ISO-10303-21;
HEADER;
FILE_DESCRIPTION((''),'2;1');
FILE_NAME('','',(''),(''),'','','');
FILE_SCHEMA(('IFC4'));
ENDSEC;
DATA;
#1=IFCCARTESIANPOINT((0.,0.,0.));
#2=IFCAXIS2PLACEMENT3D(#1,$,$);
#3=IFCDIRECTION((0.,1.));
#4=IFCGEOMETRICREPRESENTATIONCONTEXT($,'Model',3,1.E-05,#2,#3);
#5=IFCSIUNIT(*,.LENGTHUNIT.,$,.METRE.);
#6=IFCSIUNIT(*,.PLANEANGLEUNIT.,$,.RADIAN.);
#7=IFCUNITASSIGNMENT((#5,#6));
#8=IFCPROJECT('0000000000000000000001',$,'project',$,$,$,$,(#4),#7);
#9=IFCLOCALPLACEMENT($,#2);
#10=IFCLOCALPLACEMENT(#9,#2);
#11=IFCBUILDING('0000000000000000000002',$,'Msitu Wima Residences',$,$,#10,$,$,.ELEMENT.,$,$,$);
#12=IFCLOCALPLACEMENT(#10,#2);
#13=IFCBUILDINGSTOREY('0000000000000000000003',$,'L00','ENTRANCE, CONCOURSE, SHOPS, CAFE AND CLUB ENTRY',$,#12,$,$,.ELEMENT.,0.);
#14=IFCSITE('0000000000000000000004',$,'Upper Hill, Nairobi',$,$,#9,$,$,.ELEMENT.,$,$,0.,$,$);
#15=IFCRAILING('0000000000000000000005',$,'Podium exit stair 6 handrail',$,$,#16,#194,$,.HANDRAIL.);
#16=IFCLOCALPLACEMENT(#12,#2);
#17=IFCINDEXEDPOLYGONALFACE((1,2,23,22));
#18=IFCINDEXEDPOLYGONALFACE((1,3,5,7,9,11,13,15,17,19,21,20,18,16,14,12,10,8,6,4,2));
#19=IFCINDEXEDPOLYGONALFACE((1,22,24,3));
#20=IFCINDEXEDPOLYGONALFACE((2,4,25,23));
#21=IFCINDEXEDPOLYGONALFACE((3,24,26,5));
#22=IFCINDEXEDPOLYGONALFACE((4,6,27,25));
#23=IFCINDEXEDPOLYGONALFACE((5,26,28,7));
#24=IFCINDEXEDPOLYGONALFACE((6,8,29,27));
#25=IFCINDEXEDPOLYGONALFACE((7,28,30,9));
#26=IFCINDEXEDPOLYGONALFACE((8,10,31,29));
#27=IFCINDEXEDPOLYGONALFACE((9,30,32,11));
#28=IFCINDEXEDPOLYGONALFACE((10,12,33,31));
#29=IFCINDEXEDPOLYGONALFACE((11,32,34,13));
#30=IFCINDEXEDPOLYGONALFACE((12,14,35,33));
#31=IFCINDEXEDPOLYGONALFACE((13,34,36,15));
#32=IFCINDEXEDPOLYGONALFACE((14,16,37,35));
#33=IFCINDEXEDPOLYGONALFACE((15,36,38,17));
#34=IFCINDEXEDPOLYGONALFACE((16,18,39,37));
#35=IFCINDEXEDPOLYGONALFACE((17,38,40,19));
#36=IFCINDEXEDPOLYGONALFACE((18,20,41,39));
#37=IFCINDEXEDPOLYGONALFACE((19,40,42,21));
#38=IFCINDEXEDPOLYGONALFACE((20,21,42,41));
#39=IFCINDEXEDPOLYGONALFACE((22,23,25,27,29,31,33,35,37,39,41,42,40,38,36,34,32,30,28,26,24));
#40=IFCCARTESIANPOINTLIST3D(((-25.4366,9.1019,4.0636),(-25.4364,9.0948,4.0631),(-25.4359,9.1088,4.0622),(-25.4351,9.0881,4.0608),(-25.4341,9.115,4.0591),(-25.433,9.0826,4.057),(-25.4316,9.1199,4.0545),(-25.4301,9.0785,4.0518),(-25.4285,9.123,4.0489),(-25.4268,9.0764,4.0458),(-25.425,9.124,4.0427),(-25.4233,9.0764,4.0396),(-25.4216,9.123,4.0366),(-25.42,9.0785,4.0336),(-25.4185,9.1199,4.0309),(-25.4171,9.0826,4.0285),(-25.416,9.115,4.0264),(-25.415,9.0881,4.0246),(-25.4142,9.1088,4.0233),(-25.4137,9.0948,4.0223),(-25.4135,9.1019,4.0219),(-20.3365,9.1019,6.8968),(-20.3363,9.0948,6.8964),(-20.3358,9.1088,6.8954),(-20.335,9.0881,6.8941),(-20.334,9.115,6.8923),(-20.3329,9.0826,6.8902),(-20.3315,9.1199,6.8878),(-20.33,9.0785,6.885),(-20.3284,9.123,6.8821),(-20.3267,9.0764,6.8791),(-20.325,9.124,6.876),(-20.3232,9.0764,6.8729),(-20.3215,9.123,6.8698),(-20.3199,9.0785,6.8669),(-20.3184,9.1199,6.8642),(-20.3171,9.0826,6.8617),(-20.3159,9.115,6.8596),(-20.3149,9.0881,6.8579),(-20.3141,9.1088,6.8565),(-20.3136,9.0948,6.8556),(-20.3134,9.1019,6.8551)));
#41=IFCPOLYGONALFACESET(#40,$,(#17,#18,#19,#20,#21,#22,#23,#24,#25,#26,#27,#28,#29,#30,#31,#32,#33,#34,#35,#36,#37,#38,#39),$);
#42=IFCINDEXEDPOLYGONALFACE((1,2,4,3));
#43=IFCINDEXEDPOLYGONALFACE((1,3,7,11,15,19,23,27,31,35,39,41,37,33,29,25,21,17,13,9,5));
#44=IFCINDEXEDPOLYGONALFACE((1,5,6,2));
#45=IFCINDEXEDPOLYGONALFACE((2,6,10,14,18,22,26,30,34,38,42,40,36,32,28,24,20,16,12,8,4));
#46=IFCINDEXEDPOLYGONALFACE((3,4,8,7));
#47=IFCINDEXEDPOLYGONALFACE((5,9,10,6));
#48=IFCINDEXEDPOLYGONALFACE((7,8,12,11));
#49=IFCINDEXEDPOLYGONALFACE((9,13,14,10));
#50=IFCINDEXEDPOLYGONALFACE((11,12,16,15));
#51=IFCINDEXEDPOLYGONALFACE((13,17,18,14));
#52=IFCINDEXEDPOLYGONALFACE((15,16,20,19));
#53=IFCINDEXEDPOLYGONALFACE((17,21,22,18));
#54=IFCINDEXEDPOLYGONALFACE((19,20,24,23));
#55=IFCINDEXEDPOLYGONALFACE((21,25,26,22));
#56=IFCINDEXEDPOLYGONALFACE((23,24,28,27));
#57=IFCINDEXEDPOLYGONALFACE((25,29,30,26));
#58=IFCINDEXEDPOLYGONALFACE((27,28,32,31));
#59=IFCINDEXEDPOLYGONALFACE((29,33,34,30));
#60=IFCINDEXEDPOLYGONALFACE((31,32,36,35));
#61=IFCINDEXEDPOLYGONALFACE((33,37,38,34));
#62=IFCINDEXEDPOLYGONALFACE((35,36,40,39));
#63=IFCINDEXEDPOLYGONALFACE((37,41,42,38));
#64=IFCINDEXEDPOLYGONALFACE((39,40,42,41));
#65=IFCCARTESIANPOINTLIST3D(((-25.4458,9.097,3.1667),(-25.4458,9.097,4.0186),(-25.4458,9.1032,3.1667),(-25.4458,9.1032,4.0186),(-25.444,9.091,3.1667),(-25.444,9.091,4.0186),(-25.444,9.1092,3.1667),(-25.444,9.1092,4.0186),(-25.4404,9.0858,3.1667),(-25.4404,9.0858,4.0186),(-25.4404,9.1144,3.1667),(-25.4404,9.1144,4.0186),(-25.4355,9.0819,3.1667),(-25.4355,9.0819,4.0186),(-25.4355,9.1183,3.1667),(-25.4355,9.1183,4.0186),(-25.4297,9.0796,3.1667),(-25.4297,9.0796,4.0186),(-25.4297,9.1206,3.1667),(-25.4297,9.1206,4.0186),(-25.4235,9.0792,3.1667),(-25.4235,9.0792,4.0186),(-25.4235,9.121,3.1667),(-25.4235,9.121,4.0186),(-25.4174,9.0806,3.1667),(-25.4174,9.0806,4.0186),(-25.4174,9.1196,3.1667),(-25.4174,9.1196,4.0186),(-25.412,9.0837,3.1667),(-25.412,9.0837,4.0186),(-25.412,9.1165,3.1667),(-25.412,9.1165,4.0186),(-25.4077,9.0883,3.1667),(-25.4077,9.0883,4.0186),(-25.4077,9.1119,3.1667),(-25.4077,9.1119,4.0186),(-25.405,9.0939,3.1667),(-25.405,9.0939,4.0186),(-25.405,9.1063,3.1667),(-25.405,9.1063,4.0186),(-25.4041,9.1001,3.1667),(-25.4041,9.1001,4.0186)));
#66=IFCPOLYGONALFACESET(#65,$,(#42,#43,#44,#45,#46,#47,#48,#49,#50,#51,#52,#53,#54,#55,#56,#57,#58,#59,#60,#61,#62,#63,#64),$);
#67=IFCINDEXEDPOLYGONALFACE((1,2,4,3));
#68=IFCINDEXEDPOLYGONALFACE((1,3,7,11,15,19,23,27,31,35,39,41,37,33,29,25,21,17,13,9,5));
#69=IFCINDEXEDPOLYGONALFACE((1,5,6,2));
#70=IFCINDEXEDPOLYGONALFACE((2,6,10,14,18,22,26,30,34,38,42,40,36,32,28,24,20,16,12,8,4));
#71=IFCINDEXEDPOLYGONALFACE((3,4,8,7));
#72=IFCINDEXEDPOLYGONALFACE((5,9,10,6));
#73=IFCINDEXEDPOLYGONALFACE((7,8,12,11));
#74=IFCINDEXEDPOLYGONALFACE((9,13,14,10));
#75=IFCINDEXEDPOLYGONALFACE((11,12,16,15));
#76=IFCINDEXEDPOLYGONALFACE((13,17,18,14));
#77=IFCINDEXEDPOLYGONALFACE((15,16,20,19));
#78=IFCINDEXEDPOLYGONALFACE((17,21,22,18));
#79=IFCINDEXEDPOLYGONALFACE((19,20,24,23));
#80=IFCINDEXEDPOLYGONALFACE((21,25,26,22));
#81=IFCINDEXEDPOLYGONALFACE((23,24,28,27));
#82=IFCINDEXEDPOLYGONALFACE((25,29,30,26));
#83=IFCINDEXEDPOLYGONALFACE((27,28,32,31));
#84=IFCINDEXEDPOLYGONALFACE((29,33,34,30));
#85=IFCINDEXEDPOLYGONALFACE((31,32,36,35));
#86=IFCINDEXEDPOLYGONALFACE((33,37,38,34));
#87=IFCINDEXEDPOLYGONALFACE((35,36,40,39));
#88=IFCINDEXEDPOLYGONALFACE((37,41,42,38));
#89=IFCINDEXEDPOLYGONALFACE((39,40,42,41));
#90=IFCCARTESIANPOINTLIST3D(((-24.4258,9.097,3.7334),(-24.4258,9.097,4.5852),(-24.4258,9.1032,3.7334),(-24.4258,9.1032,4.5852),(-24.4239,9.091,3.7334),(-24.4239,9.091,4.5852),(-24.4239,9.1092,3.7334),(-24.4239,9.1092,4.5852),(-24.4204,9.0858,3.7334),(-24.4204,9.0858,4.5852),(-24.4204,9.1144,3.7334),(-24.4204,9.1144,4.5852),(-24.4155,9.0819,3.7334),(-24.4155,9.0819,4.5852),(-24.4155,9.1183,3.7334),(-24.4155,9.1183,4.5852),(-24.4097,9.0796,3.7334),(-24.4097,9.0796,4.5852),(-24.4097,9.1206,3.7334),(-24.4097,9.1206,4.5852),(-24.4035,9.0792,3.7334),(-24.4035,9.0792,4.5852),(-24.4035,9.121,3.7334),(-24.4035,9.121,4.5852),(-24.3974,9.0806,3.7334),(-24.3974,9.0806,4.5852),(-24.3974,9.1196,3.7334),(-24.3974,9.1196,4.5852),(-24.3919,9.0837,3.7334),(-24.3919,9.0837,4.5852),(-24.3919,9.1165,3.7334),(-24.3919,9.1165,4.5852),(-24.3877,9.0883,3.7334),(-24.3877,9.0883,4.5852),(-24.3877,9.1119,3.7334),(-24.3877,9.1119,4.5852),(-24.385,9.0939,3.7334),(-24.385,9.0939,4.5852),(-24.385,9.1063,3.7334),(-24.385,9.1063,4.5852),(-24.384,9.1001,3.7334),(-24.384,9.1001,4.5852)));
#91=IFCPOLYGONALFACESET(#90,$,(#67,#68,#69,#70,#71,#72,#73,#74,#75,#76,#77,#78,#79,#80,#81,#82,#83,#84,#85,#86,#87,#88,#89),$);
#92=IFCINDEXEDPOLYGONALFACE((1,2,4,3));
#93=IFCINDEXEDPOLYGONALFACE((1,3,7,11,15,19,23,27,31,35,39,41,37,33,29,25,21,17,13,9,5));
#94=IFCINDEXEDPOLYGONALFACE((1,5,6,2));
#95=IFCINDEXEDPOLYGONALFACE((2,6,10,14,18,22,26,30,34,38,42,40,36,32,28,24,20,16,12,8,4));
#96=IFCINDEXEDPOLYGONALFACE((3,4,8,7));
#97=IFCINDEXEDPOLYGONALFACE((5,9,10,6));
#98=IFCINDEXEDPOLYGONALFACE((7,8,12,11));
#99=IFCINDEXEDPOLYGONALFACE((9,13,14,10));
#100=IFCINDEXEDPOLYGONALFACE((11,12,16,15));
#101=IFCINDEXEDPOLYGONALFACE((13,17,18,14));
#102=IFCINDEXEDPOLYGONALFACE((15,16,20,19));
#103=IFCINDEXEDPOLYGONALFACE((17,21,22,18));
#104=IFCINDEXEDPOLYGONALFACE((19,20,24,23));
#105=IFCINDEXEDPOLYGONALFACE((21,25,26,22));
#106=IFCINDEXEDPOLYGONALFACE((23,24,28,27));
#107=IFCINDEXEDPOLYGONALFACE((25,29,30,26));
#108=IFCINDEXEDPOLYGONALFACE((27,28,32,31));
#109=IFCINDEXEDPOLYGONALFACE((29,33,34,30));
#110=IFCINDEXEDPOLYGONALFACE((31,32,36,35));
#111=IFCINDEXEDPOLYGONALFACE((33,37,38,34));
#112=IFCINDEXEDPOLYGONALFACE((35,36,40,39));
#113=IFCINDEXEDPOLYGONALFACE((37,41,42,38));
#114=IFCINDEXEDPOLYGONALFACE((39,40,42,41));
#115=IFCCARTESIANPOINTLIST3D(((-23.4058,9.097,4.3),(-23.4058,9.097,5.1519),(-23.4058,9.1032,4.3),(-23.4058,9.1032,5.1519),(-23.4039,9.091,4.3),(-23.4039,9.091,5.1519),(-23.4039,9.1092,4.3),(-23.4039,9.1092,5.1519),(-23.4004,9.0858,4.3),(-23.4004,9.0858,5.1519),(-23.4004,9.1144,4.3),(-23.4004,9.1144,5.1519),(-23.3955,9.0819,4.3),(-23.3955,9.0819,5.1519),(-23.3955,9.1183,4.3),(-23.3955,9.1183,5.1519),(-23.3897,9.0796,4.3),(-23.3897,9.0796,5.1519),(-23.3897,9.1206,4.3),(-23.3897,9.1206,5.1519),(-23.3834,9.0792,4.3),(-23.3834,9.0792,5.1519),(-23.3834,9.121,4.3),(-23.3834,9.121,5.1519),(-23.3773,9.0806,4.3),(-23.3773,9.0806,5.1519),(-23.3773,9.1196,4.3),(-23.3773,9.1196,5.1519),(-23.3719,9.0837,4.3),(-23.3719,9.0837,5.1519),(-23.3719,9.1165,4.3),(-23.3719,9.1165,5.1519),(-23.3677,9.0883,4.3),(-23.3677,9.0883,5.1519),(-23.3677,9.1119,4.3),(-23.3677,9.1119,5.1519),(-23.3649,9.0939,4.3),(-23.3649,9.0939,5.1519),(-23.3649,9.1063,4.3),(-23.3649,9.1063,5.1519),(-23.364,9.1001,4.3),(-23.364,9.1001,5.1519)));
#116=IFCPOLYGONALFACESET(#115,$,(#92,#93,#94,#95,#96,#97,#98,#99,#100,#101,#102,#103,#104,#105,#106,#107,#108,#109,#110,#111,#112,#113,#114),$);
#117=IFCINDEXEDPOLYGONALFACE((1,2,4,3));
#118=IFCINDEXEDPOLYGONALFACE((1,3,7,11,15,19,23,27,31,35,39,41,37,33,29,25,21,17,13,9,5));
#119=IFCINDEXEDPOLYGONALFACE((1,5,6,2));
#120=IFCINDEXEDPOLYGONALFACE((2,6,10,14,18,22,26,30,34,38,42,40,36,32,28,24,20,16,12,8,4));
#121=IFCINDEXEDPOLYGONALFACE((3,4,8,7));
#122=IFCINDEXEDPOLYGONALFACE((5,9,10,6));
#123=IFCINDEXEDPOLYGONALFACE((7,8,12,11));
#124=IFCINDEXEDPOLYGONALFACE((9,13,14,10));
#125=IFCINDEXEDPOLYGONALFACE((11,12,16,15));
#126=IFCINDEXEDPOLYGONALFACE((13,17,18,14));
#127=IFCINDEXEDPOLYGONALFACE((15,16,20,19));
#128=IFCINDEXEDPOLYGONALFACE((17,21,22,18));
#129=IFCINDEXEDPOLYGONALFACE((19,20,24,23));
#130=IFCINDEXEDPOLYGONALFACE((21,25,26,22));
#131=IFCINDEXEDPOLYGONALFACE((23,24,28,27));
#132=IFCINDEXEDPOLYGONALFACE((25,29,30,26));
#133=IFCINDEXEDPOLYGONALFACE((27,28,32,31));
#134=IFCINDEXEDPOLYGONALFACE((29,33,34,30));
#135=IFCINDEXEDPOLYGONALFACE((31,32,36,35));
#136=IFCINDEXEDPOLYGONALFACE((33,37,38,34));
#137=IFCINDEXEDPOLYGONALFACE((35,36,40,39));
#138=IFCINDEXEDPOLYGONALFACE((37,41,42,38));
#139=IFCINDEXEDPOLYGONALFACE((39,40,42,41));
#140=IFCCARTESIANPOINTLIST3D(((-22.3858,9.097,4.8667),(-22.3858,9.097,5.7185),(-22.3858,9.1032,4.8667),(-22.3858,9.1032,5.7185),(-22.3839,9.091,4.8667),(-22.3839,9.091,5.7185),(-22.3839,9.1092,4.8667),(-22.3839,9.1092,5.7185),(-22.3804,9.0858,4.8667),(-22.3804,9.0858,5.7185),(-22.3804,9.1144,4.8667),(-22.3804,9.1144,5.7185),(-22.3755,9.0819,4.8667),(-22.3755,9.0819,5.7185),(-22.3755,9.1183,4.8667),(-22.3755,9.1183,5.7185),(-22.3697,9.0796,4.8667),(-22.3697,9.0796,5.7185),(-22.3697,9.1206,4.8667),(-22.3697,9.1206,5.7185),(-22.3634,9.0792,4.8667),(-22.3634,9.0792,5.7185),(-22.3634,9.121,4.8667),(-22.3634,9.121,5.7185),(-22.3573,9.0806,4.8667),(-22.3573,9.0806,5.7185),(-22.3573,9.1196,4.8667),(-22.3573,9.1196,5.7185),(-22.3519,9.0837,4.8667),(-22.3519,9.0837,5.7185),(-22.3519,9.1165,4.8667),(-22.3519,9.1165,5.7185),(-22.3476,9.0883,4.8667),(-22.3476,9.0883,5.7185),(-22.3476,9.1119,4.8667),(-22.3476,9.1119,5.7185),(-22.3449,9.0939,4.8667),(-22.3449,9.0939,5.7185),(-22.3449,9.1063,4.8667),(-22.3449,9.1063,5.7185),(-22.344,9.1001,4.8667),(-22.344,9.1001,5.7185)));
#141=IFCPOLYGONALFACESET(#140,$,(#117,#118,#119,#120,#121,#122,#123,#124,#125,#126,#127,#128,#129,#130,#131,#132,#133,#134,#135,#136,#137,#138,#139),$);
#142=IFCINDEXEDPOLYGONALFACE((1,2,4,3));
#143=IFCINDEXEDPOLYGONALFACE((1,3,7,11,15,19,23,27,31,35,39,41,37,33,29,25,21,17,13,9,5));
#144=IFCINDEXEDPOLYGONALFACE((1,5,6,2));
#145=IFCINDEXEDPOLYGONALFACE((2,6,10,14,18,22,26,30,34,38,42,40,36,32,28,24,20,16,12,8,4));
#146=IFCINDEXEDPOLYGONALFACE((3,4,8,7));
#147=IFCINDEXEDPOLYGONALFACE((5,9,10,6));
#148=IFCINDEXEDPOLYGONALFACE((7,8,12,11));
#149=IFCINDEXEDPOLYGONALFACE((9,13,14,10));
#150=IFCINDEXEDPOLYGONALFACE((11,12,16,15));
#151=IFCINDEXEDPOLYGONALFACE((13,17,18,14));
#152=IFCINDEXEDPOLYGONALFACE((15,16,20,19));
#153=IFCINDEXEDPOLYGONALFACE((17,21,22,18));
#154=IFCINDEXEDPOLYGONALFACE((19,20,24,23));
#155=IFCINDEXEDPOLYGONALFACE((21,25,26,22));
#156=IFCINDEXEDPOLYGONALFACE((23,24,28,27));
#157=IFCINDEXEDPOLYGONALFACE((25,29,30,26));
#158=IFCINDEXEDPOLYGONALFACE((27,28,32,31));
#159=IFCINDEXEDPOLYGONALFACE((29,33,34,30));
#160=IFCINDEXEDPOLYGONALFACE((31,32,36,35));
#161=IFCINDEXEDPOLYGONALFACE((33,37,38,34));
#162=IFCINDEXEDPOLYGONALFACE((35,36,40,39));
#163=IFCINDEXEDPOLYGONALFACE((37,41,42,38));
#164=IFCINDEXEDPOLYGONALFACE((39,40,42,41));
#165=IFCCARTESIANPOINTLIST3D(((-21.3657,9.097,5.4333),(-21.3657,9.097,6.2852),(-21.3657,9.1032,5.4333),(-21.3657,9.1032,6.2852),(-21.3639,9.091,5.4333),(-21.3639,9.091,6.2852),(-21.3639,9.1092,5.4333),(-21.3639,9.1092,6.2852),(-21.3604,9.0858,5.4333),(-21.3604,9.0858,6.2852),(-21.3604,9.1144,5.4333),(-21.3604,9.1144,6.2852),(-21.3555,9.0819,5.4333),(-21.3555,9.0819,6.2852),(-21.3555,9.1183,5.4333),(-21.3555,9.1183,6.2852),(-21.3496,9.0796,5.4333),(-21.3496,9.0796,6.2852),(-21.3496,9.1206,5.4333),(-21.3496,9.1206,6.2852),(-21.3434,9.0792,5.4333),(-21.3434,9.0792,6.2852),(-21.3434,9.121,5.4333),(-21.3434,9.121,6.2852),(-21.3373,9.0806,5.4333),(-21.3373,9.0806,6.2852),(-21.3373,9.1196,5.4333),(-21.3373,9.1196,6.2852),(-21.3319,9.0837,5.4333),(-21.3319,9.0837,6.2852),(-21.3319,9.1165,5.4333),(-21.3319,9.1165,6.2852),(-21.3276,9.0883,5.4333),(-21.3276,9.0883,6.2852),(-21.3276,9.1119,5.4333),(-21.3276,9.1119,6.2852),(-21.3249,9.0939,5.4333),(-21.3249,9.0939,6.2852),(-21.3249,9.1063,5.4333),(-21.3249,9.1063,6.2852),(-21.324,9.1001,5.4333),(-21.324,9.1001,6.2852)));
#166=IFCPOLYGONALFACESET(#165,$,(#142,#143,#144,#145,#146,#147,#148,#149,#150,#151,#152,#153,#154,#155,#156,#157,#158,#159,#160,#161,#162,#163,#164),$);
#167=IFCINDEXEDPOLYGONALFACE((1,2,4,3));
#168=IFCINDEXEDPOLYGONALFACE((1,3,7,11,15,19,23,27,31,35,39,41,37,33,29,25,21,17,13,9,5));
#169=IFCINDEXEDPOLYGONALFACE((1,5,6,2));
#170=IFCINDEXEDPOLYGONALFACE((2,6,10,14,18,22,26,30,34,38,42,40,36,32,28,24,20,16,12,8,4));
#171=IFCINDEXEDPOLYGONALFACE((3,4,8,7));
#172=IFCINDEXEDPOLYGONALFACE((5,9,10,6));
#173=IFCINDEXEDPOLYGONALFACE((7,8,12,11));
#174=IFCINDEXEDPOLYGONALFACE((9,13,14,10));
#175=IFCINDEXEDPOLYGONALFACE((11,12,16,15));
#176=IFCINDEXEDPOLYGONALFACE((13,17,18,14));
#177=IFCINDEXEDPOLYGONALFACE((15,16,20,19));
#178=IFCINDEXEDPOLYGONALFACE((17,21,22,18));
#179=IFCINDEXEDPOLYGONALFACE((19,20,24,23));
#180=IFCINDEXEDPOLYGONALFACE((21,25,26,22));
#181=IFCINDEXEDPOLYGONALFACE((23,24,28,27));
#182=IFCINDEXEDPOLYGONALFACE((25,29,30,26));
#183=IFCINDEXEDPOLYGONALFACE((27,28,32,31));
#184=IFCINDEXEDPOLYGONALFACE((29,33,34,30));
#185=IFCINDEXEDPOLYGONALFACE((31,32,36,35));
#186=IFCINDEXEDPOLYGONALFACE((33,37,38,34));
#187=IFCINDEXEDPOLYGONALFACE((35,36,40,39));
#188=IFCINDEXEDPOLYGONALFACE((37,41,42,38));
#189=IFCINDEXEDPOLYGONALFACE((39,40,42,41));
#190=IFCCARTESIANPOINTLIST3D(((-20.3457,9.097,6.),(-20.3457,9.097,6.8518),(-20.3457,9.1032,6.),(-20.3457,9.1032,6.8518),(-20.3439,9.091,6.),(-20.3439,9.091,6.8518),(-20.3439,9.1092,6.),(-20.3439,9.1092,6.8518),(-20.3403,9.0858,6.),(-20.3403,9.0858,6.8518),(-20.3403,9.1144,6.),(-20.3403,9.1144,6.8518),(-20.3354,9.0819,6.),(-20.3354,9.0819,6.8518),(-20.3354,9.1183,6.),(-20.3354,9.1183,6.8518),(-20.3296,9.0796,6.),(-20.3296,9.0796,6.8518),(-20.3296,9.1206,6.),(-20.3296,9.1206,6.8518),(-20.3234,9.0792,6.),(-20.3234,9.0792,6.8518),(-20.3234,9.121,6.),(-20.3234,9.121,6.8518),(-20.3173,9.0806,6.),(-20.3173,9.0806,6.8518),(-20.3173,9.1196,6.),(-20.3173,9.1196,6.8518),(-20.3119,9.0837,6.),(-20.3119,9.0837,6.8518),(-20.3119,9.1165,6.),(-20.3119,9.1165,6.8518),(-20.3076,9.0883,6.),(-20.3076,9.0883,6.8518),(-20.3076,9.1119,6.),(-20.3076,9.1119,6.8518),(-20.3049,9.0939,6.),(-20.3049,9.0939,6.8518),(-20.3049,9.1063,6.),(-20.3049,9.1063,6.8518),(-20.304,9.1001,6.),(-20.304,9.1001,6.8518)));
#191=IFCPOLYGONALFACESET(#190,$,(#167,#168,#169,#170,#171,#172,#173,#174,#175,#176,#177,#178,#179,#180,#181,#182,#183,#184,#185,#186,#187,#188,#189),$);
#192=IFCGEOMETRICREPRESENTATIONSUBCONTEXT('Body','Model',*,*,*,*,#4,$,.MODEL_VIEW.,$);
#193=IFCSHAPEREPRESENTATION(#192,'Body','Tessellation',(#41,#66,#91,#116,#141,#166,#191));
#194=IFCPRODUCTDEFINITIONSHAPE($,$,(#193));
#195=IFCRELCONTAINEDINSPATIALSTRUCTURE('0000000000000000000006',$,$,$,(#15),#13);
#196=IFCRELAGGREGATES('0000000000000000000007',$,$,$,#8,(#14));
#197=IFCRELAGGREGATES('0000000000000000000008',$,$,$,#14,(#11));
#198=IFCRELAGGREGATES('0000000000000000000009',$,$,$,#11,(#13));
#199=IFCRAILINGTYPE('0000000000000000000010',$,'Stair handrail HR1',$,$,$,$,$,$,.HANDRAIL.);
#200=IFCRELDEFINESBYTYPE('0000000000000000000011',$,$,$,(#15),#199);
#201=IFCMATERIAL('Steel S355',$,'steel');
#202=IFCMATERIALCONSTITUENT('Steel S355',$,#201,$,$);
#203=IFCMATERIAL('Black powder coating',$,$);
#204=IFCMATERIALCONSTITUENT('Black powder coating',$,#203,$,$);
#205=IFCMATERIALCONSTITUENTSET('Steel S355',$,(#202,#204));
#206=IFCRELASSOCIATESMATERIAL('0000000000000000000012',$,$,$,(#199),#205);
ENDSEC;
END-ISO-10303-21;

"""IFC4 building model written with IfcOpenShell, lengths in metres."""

from ifc_helpers import new_model, si_unit, direction, frame, origin, origin_2d, place, context, subcontext, project, spatial, circle, extrude, material, constituent, constituent_set, type_object, element, save


model = new_model("IFC4")

# Units and contexts
model_context = context("Model", 3, precision=1e-05, world=origin(), true_north=direction((0.0, 1.0)))
body_context = subcontext(model_context, "Body", "Model", "MODEL_VIEW")
ifc_project = project(units=[si_unit("LENGTHUNIT", "METRE"), si_unit("PLANEANGLEUNIT", "RADIAN")], contexts=[model_context])

# Site, building, storey
site_placement = place(None, origin())
site = spatial("IfcSite", under=ifc_project, at=site_placement, Name="Upper Hill, Nairobi", CompositionType="ELEMENT", RefElevation=0.0)
building_placement = place(site_placement, origin())
building = spatial("IfcBuilding", under=site, at=building_placement, Name="Msitu Wima Residences", CompositionType="ELEMENT")
storey_placement = place(building_placement, origin())
storey = spatial("IfcBuildingStorey", under=building, at=storey_placement, Name="L00", Description="ENTRANCE, CONCOURSE, SHOPS, CAFE AND CLUB ENTRY", CompositionType="ELEMENT", Elevation=0.0)

# Railing
ifc_material_1 = material(Name="Steel S355", Category="steel")
ifc_constituent_1 = constituent(ifc_material_1, Name="Steel S355")
ifc_material_2 = material(Name="Black powder coating")
ifc_constituent_2 = constituent(ifc_material_2, Name="Black powder coating")
ifc_constituent_set = constituent_set(constituents=[ifc_constituent_1, ifc_constituent_2], Name="Steel S355")
railing_type = type_object("IfcRailingType", Name="Stair handrail HR1", PredefinedType="HANDRAIL", material=ifc_constituent_set)
railing_placement = place(storey_placement, frame((-25.425, 9.1001, 3.1667)))
element("IfcRailing", 1, at=railing_placement, inside=storey, type_object=railing_type, Name="Podium exit stair 6 handrail", PredefinedType="HANDRAIL", context=body_context, shape_type="SweptSolid", body=[
    extrude(circle(Radius=0.0239, at=origin_2d()), frame((0.0, 0.0, 0.876), z_axis=(0.874167, 0.0, 0.485625), x_axis=(0.0, 1.0, 0.0)), (0.0, 0.0, 1.0), 5.8342),
    extrude(circle(Radius=0.021, at=origin_2d()), origin(), (0.0, 0.0, 1.0), 0.8518),
    extrude(circle(Radius=0.021, at=origin_2d()), frame((1.02, 0.0, 0.5667)), (0.0, 0.0, 1.0), 0.8518),
    extrude(circle(Radius=0.021, at=origin_2d()), frame((2.04, 0.0, 1.1333)), (0.0, 0.0, 1.0), 0.8518),
    extrude(circle(Radius=0.021, at=origin_2d()), frame((3.0601, 0.0, 1.7)), (0.0, 0.0, 1.0), 0.8518),
    extrude(circle(Radius=0.021, at=origin_2d()), frame((4.0801, 0.0, 2.2666)), (0.0, 0.0, 1.0), 0.8518),
    extrude(circle(Radius=0.021, at=origin_2d()), frame((5.1001, 0.0, 2.8333)), (0.0, 0.0, 1.0), 0.8518),
])

save(model, "model.ifc")
